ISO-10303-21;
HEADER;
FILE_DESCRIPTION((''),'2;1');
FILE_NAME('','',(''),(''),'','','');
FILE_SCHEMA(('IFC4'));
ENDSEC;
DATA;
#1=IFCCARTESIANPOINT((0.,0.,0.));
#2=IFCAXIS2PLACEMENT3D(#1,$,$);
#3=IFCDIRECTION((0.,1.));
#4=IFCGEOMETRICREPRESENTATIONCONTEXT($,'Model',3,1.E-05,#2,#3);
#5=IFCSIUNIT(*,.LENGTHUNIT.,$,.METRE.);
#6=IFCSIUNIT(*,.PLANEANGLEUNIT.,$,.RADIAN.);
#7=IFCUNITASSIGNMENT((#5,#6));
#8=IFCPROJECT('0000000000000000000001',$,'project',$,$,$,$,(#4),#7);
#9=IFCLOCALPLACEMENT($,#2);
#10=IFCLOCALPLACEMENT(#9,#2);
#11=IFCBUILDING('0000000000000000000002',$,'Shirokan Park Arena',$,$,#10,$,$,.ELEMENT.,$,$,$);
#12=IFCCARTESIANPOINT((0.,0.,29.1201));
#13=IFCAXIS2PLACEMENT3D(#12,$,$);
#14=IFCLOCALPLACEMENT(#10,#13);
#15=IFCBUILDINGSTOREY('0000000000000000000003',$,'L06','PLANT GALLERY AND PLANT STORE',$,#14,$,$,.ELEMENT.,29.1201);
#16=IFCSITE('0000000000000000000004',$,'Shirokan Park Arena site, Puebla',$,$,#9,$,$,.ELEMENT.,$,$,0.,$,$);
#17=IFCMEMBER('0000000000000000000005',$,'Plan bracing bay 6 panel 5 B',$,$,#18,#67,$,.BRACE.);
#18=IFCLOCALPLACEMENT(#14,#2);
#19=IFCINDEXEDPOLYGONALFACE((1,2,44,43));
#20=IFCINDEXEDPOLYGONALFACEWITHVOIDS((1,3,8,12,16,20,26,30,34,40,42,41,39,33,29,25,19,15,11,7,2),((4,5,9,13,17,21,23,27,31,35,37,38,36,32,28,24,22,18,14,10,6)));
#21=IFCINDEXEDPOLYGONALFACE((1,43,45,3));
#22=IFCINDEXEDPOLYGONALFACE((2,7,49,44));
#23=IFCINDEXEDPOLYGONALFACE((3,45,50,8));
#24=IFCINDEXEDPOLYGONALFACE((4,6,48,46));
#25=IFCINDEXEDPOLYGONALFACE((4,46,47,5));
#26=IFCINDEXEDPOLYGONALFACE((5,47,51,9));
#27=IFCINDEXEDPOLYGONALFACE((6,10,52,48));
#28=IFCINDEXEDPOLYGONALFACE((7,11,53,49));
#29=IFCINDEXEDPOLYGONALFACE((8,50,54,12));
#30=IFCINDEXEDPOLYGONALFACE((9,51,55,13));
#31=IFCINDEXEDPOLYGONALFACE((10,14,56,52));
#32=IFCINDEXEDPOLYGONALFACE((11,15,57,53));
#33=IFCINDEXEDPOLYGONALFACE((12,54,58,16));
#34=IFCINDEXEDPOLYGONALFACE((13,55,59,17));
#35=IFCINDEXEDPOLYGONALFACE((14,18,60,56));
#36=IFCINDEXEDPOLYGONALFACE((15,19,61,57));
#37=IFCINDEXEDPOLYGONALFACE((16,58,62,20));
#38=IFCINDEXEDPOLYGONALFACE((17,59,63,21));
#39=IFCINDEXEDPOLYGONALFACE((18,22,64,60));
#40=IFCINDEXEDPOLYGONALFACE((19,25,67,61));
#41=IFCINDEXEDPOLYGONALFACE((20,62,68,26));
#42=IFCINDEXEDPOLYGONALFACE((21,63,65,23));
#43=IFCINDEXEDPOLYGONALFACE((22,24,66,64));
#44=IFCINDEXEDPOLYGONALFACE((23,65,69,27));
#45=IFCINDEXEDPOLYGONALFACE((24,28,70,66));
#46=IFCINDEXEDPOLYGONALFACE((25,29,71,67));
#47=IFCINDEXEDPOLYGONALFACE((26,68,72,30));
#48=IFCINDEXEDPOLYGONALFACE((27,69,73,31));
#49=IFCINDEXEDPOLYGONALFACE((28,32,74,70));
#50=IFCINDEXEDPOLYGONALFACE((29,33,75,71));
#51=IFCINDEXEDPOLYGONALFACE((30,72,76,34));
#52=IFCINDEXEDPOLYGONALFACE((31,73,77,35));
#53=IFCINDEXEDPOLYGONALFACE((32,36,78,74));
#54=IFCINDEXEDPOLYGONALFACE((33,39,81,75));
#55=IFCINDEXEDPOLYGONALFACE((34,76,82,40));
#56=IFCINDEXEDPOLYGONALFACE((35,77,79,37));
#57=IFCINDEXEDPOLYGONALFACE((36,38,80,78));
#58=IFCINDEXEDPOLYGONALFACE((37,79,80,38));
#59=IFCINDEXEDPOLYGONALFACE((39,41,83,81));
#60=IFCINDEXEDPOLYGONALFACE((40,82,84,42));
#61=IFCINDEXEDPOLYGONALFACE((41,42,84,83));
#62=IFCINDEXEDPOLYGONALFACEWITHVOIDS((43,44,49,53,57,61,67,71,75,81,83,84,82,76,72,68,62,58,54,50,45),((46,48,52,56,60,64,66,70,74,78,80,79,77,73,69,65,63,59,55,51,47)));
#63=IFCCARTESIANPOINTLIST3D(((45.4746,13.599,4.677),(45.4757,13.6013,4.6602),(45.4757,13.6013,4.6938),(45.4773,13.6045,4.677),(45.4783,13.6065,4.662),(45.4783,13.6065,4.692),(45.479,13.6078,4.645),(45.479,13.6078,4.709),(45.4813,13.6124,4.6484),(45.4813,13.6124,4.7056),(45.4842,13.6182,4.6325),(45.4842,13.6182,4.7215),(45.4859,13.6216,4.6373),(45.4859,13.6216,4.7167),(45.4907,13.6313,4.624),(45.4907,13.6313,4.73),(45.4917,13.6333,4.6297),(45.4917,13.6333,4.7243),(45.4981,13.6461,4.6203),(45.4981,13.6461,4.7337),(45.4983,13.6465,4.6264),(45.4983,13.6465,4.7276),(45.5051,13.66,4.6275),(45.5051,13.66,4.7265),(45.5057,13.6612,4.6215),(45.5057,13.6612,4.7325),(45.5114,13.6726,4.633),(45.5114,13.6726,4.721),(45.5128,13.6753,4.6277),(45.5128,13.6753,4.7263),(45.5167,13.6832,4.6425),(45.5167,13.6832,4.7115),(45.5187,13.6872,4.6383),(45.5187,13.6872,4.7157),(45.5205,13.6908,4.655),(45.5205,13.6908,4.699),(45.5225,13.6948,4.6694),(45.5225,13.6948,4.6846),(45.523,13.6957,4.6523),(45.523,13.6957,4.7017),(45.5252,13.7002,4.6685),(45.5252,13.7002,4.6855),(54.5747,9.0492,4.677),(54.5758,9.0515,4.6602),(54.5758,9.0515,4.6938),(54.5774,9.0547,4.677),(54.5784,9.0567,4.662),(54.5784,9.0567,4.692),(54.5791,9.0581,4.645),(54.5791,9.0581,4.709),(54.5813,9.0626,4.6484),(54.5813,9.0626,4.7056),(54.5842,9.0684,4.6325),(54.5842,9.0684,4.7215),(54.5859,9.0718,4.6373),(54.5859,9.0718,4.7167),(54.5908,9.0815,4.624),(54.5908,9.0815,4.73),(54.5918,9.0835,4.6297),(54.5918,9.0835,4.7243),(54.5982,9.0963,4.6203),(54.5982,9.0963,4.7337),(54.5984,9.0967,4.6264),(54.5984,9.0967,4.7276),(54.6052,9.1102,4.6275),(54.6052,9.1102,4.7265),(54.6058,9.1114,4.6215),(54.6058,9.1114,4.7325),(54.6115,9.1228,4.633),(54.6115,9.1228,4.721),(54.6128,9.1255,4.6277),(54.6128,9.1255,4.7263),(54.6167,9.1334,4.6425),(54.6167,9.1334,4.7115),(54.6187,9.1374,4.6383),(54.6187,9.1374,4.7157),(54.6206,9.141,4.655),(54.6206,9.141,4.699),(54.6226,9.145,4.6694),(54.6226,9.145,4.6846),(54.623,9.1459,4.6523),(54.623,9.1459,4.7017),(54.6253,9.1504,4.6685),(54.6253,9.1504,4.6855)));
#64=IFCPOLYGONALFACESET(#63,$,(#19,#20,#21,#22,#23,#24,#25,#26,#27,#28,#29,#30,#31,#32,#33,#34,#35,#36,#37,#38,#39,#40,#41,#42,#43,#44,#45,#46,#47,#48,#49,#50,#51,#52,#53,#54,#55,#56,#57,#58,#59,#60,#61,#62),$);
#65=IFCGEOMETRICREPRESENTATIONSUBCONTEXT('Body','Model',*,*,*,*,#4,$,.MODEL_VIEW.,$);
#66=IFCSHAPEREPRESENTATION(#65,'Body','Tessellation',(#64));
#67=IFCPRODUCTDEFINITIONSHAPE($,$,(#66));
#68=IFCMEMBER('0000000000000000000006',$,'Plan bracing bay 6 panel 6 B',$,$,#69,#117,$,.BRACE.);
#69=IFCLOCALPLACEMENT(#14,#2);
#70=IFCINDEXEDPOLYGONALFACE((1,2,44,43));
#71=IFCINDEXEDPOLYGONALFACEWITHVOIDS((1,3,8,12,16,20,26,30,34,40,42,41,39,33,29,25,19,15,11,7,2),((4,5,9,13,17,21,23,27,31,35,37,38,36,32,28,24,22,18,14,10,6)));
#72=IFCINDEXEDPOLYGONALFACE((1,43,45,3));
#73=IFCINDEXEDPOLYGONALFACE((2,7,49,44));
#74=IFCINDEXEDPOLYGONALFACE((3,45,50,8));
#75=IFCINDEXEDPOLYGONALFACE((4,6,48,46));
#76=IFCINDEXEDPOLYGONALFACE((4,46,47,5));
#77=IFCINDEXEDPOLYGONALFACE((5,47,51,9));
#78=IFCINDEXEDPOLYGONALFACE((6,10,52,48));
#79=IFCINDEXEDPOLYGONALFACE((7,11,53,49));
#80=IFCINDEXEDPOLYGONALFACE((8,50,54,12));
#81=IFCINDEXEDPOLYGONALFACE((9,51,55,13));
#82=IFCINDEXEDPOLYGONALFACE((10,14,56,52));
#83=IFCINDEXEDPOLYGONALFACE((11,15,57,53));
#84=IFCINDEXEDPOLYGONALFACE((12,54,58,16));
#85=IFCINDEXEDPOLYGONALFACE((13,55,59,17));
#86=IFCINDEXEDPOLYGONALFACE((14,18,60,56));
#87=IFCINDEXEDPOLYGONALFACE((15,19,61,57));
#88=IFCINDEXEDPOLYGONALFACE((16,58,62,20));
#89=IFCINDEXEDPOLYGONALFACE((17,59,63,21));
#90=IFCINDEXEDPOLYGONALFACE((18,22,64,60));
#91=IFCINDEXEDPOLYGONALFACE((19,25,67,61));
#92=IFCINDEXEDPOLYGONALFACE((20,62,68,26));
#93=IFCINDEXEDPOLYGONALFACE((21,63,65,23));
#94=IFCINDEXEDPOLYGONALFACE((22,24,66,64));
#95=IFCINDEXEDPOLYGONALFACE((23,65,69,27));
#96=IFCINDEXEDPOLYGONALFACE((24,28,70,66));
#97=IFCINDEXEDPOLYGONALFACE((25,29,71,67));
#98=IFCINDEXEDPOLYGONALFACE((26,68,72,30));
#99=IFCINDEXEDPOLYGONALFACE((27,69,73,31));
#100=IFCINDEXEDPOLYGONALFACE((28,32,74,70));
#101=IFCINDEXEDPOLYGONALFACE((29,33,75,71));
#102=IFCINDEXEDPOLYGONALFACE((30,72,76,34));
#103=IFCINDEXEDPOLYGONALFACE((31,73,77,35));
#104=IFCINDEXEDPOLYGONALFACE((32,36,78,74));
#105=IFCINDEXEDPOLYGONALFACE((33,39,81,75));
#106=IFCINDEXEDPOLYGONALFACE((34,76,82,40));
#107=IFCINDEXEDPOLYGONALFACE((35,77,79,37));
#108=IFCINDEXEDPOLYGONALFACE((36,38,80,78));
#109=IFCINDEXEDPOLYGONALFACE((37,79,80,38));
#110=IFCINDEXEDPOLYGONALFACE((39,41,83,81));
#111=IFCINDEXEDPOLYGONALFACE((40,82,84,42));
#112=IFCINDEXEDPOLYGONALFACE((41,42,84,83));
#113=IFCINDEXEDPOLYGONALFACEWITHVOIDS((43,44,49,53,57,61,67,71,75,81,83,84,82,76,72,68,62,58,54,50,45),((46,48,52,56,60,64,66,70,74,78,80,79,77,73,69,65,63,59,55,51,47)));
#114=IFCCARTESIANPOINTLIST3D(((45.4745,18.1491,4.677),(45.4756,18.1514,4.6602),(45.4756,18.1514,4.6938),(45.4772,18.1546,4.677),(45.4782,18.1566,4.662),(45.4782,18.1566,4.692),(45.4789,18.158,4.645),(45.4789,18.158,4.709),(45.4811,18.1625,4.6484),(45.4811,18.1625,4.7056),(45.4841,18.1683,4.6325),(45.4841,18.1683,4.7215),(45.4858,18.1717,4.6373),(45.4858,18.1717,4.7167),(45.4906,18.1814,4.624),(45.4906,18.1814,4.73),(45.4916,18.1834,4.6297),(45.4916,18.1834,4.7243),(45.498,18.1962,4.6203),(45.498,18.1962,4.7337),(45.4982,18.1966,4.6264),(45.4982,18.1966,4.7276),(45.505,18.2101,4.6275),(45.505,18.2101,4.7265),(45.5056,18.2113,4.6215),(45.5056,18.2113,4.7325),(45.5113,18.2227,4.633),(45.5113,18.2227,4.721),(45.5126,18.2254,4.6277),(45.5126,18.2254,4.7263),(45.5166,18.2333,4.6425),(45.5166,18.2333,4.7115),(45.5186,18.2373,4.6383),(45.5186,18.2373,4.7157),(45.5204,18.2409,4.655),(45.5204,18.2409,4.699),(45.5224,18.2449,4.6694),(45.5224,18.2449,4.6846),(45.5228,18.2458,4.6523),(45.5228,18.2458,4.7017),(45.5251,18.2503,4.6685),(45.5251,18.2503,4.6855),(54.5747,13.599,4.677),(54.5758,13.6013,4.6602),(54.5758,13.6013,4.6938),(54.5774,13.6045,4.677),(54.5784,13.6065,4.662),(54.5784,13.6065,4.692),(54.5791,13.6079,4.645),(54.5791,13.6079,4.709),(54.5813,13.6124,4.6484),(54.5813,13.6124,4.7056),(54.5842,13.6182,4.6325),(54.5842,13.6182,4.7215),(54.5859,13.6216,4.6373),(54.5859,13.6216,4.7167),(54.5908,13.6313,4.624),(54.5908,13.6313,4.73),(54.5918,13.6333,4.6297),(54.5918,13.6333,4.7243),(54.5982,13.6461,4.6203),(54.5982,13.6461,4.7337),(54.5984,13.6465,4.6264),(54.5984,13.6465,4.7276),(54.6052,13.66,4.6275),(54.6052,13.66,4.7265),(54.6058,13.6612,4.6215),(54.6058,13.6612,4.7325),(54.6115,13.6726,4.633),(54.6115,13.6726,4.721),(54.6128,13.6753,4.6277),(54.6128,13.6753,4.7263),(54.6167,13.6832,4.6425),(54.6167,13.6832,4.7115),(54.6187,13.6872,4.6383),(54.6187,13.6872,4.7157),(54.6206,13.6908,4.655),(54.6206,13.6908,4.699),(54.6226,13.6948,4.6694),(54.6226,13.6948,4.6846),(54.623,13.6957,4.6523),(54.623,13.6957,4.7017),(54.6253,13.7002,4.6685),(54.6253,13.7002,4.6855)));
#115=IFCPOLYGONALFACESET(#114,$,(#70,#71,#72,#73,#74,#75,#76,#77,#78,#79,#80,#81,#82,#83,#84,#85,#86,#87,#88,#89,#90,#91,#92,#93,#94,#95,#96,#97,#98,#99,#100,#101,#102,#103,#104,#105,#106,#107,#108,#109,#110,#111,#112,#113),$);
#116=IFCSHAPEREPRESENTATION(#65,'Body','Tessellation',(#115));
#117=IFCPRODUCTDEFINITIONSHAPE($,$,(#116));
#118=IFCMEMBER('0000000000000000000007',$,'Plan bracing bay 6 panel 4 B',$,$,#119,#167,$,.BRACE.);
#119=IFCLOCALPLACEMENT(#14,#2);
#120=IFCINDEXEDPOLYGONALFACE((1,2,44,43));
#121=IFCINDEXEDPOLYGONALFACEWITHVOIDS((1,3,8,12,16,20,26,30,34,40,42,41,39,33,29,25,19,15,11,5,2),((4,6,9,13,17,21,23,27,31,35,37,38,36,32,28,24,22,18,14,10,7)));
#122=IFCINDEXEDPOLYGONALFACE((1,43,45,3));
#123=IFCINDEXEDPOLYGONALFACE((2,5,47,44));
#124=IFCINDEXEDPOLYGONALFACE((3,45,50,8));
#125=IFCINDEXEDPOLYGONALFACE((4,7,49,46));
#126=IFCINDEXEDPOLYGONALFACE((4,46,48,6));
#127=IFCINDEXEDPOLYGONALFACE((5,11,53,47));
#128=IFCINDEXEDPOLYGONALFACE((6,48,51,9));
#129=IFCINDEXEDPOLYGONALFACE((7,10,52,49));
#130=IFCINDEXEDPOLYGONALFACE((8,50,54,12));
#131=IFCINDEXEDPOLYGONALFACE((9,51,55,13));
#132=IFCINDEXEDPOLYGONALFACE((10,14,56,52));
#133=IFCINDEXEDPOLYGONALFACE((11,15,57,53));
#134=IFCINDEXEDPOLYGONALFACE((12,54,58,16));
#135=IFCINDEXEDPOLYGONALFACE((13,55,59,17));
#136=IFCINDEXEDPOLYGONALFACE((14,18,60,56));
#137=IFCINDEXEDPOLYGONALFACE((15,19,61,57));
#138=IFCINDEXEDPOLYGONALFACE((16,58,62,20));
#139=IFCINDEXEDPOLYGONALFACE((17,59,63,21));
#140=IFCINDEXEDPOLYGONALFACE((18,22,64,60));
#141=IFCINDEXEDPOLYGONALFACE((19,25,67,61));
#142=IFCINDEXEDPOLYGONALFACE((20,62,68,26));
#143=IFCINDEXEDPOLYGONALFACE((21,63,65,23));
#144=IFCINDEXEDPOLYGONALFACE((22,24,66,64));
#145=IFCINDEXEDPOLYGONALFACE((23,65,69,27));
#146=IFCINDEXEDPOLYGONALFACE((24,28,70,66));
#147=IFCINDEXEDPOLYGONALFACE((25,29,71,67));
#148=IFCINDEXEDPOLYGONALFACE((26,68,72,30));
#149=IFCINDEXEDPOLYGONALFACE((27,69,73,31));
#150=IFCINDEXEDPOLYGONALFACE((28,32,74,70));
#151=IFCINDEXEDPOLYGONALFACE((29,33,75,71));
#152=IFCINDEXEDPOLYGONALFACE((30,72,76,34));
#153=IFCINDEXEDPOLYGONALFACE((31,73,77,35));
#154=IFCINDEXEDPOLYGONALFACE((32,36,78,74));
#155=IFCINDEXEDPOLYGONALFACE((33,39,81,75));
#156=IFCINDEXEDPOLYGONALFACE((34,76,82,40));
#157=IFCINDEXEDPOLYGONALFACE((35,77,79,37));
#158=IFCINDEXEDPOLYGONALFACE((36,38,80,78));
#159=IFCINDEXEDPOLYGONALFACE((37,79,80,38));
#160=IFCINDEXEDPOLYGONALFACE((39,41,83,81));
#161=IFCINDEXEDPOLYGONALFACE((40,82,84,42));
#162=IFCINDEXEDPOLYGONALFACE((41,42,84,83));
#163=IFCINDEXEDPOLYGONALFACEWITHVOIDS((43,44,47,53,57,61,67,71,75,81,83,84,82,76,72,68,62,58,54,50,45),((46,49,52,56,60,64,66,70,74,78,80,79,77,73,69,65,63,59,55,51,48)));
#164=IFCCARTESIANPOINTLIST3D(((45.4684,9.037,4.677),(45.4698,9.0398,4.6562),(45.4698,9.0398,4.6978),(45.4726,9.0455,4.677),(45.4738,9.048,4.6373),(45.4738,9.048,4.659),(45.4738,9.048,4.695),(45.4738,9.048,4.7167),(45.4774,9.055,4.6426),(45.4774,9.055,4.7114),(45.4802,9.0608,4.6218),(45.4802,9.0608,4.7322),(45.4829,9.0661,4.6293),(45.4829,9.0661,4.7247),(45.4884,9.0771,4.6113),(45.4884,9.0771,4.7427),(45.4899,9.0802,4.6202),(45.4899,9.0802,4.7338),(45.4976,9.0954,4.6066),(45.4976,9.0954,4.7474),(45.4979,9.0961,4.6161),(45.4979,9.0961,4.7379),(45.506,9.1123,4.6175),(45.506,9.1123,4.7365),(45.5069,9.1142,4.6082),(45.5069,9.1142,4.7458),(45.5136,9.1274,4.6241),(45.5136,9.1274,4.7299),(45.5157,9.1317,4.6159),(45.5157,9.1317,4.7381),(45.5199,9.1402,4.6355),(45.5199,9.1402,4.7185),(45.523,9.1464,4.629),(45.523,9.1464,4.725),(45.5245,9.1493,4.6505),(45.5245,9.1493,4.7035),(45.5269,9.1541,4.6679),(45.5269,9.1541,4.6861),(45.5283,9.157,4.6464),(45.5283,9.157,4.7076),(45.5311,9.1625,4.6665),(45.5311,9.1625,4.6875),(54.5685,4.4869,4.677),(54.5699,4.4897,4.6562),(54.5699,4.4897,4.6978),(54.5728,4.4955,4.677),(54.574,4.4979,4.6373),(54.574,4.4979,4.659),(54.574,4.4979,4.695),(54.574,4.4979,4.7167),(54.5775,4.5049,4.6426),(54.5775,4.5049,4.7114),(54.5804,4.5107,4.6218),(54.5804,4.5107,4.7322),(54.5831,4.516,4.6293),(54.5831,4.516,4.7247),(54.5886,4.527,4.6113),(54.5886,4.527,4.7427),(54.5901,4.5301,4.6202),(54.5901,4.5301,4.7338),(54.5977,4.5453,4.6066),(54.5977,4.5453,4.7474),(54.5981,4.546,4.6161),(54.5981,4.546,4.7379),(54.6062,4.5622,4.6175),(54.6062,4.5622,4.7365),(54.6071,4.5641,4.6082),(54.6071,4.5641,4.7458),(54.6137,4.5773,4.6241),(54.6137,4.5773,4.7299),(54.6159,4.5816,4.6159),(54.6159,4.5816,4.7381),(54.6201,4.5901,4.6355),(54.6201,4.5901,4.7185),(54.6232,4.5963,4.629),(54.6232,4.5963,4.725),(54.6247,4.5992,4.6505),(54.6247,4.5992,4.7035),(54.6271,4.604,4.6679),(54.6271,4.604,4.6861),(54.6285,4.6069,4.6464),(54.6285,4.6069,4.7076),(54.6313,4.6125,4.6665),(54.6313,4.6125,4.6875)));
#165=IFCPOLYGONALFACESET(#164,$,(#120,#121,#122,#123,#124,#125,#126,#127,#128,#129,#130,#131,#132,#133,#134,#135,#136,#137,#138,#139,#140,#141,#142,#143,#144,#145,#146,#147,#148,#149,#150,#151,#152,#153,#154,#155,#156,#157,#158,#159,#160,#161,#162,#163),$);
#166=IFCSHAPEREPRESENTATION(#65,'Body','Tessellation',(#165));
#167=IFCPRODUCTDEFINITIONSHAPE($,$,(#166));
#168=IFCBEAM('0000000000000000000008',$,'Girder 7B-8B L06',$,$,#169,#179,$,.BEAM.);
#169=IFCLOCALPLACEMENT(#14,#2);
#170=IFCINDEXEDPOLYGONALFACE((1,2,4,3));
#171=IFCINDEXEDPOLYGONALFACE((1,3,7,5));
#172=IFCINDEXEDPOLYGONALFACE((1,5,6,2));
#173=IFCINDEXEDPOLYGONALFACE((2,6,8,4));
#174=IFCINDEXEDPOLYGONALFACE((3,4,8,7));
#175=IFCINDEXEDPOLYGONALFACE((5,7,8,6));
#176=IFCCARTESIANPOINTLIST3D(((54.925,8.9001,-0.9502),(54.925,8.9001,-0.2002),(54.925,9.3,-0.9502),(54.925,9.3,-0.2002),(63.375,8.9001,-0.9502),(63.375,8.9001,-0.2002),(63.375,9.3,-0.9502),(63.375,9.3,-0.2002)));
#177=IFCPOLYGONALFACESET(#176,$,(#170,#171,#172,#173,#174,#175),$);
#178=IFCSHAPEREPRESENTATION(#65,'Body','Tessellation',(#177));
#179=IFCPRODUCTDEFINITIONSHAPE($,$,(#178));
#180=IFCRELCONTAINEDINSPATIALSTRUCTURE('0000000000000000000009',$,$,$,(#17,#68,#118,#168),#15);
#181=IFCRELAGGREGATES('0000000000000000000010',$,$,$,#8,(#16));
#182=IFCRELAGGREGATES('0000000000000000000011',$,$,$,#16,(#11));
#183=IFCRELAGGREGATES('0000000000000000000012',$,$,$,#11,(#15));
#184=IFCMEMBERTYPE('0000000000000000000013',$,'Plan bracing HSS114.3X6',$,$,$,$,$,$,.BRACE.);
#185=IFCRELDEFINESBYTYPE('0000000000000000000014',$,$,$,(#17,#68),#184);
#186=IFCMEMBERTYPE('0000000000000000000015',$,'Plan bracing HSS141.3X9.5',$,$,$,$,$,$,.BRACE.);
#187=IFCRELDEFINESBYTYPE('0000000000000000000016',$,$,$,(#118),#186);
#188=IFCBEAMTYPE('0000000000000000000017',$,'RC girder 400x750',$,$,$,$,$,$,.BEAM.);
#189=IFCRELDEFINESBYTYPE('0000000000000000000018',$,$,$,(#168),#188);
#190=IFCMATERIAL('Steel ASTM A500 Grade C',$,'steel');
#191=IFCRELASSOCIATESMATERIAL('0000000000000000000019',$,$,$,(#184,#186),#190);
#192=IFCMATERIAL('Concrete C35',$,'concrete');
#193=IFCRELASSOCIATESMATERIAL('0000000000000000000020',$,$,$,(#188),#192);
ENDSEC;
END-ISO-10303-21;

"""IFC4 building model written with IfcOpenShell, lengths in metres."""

from ifc_helpers import new_model, si_unit, direction, frame, origin, origin_2d, place, context, subcontext, project, spatial, rectangle, hollow_circle, extrude, material, material_profile, profile_set, type_object, element, save


model = new_model("IFC4")

# Units and contexts
model_context = context("Model", 3, precision=1e-05, world=origin(), true_north=direction((0.0, 1.0)))
body_context = subcontext(model_context, "Body", "Model", "MODEL_VIEW")
ifc_project = project(units=[si_unit("LENGTHUNIT", "METRE"), si_unit("PLANEANGLEUNIT", "RADIAN")], contexts=[model_context])

# Site, building, storey
site_placement = place(None, origin())
site = spatial("IfcSite", under=ifc_project, at=site_placement, Name="Shirokan Park Arena site, Puebla", CompositionType="ELEMENT", RefElevation=0.0)
building_placement = place(site_placement, origin())
building = spatial("IfcBuilding", under=site, at=building_placement, Name="Shirokan Park Arena", CompositionType="ELEMENT")
storey_placement = place(building_placement, frame((0.0, 0.0, 29.1201)))
storey = spatial("IfcBuildingStorey", under=building, at=storey_placement, Name="L06", Description="PLANT GALLERY AND PLANT STORE", CompositionType="ELEMENT", Elevation=29.1201)

# Shared definitions
ifc_material_1 = material(Name="Concrete C35", Category="concrete")

# Members
ifc_material_2 = material(Name="Steel ASTM A500 Grade C", Category="steel")
ifc_material_profile_1 = material_profile(ifc_material_2, hollow_circle(Radius=0.0569, WallThickness=0.0061, at=origin_2d()), Name="HSS114.3X6")
ifc_profile_set_1 = profile_set([ifc_material_profile_1], Name="Steel ASTM A500 Grade C")
member_type_1 = type_object("IfcMemberType", Name="Plan bracing HSS114.3X6", PredefinedType="BRACE", material=ifc_profile_set_1)
member_1_placement = place(storey_placement, frame((54.6001, 9.1001, 4.677), z_axis=(-0.894437, 0.447194, 0.0), x_axis=(-0.447194, -0.894437, 0.0)))
element("IfcMember", 1, at=member_1_placement, inside=storey, type_object=member_type_1, Name="Plan bracing bay 6 panel 5 B", PredefinedType="BRACE", context=body_context, shape_type="SweptSolid", body=[
    extrude(hollow_circle(Radius=0.0569, WallThickness=0.0061, at=origin_2d()), origin(), (0.0, 0.0, 1.0), 10.1741),
])
member_2_placement = place(storey_placement, frame((54.6001, 13.6499, 4.677), z_axis=(-0.894427, 0.447214, 0.0), x_axis=(-0.447214, -0.894427, 0.0)))
element("IfcMember", 2, at=member_2_placement, inside=storey, type_object=member_type_1, Name="Plan bracing bay 6 panel 6 B", PredefinedType="BRACE", context=body_context, shape_type="SweptSolid", body=[
    extrude(hollow_circle(Radius=0.0569, WallThickness=0.0061, at=origin_2d()), origin(), (0.0, 0.0, 1.0), 10.1743),
])
ifc_material_profile_2 = material_profile(ifc_material_2, hollow_circle(Radius=0.0706, WallThickness=0.0095, at=origin_2d()), Name="HSS141.3X9.5")
ifc_profile_set_2 = profile_set([ifc_material_profile_2], Name="Steel ASTM A500 Grade C")
member_type_2 = type_object("IfcMemberType", Name="Plan bracing HSS141.3X9.5", PredefinedType="BRACE", material=ifc_profile_set_2)
member_3_placement = place(storey_placement, frame((54.6001, 4.55, 4.677), z_axis=(-0.894427, 0.447214, 0.0), x_axis=(-0.447214, -0.894427, 0.0)))
element("IfcMember", 3, at=member_3_placement, inside=storey, type_object=member_type_2, Name="Plan bracing bay 6 panel 4 B", PredefinedType="BRACE", context=body_context, shape_type="SweptSolid", body=[
    extrude(hollow_circle(Radius=0.0706, WallThickness=0.0095, at=origin_2d()), origin(), (0.0, 0.0, 1.0), 10.1743),
])

# Beam
ifc_material_profile_3 = material_profile(ifc_material_1, rectangle(XDim=0.3999, YDim=0.75, at=origin_2d()), Name="400x750")
ifc_profile_set_3 = profile_set([ifc_material_profile_3], Name="Concrete C35")
beam_type = type_object("IfcBeamType", Name="RC girder 400x750", PredefinedType="BEAM", material=ifc_profile_set_3)
beam_placement = place(storey_placement, frame((54.925, 9.1001, -0.5752), z_axis=(1.0, 0.0, 0.0), x_axis=(0.0, 1.0, 0.0)))
element("IfcBeam", 4, at=beam_placement, inside=storey, type_object=beam_type, Name="Girder 7B-8B L06", PredefinedType="BEAM", context=body_context, shape_type="SweptSolid", body=[
    extrude(rectangle(XDim=0.3999, YDim=0.75, at=origin_2d()), origin(), (0.0, 0.0, 1.0), 8.45),
])

save(model, "model.ifc")
